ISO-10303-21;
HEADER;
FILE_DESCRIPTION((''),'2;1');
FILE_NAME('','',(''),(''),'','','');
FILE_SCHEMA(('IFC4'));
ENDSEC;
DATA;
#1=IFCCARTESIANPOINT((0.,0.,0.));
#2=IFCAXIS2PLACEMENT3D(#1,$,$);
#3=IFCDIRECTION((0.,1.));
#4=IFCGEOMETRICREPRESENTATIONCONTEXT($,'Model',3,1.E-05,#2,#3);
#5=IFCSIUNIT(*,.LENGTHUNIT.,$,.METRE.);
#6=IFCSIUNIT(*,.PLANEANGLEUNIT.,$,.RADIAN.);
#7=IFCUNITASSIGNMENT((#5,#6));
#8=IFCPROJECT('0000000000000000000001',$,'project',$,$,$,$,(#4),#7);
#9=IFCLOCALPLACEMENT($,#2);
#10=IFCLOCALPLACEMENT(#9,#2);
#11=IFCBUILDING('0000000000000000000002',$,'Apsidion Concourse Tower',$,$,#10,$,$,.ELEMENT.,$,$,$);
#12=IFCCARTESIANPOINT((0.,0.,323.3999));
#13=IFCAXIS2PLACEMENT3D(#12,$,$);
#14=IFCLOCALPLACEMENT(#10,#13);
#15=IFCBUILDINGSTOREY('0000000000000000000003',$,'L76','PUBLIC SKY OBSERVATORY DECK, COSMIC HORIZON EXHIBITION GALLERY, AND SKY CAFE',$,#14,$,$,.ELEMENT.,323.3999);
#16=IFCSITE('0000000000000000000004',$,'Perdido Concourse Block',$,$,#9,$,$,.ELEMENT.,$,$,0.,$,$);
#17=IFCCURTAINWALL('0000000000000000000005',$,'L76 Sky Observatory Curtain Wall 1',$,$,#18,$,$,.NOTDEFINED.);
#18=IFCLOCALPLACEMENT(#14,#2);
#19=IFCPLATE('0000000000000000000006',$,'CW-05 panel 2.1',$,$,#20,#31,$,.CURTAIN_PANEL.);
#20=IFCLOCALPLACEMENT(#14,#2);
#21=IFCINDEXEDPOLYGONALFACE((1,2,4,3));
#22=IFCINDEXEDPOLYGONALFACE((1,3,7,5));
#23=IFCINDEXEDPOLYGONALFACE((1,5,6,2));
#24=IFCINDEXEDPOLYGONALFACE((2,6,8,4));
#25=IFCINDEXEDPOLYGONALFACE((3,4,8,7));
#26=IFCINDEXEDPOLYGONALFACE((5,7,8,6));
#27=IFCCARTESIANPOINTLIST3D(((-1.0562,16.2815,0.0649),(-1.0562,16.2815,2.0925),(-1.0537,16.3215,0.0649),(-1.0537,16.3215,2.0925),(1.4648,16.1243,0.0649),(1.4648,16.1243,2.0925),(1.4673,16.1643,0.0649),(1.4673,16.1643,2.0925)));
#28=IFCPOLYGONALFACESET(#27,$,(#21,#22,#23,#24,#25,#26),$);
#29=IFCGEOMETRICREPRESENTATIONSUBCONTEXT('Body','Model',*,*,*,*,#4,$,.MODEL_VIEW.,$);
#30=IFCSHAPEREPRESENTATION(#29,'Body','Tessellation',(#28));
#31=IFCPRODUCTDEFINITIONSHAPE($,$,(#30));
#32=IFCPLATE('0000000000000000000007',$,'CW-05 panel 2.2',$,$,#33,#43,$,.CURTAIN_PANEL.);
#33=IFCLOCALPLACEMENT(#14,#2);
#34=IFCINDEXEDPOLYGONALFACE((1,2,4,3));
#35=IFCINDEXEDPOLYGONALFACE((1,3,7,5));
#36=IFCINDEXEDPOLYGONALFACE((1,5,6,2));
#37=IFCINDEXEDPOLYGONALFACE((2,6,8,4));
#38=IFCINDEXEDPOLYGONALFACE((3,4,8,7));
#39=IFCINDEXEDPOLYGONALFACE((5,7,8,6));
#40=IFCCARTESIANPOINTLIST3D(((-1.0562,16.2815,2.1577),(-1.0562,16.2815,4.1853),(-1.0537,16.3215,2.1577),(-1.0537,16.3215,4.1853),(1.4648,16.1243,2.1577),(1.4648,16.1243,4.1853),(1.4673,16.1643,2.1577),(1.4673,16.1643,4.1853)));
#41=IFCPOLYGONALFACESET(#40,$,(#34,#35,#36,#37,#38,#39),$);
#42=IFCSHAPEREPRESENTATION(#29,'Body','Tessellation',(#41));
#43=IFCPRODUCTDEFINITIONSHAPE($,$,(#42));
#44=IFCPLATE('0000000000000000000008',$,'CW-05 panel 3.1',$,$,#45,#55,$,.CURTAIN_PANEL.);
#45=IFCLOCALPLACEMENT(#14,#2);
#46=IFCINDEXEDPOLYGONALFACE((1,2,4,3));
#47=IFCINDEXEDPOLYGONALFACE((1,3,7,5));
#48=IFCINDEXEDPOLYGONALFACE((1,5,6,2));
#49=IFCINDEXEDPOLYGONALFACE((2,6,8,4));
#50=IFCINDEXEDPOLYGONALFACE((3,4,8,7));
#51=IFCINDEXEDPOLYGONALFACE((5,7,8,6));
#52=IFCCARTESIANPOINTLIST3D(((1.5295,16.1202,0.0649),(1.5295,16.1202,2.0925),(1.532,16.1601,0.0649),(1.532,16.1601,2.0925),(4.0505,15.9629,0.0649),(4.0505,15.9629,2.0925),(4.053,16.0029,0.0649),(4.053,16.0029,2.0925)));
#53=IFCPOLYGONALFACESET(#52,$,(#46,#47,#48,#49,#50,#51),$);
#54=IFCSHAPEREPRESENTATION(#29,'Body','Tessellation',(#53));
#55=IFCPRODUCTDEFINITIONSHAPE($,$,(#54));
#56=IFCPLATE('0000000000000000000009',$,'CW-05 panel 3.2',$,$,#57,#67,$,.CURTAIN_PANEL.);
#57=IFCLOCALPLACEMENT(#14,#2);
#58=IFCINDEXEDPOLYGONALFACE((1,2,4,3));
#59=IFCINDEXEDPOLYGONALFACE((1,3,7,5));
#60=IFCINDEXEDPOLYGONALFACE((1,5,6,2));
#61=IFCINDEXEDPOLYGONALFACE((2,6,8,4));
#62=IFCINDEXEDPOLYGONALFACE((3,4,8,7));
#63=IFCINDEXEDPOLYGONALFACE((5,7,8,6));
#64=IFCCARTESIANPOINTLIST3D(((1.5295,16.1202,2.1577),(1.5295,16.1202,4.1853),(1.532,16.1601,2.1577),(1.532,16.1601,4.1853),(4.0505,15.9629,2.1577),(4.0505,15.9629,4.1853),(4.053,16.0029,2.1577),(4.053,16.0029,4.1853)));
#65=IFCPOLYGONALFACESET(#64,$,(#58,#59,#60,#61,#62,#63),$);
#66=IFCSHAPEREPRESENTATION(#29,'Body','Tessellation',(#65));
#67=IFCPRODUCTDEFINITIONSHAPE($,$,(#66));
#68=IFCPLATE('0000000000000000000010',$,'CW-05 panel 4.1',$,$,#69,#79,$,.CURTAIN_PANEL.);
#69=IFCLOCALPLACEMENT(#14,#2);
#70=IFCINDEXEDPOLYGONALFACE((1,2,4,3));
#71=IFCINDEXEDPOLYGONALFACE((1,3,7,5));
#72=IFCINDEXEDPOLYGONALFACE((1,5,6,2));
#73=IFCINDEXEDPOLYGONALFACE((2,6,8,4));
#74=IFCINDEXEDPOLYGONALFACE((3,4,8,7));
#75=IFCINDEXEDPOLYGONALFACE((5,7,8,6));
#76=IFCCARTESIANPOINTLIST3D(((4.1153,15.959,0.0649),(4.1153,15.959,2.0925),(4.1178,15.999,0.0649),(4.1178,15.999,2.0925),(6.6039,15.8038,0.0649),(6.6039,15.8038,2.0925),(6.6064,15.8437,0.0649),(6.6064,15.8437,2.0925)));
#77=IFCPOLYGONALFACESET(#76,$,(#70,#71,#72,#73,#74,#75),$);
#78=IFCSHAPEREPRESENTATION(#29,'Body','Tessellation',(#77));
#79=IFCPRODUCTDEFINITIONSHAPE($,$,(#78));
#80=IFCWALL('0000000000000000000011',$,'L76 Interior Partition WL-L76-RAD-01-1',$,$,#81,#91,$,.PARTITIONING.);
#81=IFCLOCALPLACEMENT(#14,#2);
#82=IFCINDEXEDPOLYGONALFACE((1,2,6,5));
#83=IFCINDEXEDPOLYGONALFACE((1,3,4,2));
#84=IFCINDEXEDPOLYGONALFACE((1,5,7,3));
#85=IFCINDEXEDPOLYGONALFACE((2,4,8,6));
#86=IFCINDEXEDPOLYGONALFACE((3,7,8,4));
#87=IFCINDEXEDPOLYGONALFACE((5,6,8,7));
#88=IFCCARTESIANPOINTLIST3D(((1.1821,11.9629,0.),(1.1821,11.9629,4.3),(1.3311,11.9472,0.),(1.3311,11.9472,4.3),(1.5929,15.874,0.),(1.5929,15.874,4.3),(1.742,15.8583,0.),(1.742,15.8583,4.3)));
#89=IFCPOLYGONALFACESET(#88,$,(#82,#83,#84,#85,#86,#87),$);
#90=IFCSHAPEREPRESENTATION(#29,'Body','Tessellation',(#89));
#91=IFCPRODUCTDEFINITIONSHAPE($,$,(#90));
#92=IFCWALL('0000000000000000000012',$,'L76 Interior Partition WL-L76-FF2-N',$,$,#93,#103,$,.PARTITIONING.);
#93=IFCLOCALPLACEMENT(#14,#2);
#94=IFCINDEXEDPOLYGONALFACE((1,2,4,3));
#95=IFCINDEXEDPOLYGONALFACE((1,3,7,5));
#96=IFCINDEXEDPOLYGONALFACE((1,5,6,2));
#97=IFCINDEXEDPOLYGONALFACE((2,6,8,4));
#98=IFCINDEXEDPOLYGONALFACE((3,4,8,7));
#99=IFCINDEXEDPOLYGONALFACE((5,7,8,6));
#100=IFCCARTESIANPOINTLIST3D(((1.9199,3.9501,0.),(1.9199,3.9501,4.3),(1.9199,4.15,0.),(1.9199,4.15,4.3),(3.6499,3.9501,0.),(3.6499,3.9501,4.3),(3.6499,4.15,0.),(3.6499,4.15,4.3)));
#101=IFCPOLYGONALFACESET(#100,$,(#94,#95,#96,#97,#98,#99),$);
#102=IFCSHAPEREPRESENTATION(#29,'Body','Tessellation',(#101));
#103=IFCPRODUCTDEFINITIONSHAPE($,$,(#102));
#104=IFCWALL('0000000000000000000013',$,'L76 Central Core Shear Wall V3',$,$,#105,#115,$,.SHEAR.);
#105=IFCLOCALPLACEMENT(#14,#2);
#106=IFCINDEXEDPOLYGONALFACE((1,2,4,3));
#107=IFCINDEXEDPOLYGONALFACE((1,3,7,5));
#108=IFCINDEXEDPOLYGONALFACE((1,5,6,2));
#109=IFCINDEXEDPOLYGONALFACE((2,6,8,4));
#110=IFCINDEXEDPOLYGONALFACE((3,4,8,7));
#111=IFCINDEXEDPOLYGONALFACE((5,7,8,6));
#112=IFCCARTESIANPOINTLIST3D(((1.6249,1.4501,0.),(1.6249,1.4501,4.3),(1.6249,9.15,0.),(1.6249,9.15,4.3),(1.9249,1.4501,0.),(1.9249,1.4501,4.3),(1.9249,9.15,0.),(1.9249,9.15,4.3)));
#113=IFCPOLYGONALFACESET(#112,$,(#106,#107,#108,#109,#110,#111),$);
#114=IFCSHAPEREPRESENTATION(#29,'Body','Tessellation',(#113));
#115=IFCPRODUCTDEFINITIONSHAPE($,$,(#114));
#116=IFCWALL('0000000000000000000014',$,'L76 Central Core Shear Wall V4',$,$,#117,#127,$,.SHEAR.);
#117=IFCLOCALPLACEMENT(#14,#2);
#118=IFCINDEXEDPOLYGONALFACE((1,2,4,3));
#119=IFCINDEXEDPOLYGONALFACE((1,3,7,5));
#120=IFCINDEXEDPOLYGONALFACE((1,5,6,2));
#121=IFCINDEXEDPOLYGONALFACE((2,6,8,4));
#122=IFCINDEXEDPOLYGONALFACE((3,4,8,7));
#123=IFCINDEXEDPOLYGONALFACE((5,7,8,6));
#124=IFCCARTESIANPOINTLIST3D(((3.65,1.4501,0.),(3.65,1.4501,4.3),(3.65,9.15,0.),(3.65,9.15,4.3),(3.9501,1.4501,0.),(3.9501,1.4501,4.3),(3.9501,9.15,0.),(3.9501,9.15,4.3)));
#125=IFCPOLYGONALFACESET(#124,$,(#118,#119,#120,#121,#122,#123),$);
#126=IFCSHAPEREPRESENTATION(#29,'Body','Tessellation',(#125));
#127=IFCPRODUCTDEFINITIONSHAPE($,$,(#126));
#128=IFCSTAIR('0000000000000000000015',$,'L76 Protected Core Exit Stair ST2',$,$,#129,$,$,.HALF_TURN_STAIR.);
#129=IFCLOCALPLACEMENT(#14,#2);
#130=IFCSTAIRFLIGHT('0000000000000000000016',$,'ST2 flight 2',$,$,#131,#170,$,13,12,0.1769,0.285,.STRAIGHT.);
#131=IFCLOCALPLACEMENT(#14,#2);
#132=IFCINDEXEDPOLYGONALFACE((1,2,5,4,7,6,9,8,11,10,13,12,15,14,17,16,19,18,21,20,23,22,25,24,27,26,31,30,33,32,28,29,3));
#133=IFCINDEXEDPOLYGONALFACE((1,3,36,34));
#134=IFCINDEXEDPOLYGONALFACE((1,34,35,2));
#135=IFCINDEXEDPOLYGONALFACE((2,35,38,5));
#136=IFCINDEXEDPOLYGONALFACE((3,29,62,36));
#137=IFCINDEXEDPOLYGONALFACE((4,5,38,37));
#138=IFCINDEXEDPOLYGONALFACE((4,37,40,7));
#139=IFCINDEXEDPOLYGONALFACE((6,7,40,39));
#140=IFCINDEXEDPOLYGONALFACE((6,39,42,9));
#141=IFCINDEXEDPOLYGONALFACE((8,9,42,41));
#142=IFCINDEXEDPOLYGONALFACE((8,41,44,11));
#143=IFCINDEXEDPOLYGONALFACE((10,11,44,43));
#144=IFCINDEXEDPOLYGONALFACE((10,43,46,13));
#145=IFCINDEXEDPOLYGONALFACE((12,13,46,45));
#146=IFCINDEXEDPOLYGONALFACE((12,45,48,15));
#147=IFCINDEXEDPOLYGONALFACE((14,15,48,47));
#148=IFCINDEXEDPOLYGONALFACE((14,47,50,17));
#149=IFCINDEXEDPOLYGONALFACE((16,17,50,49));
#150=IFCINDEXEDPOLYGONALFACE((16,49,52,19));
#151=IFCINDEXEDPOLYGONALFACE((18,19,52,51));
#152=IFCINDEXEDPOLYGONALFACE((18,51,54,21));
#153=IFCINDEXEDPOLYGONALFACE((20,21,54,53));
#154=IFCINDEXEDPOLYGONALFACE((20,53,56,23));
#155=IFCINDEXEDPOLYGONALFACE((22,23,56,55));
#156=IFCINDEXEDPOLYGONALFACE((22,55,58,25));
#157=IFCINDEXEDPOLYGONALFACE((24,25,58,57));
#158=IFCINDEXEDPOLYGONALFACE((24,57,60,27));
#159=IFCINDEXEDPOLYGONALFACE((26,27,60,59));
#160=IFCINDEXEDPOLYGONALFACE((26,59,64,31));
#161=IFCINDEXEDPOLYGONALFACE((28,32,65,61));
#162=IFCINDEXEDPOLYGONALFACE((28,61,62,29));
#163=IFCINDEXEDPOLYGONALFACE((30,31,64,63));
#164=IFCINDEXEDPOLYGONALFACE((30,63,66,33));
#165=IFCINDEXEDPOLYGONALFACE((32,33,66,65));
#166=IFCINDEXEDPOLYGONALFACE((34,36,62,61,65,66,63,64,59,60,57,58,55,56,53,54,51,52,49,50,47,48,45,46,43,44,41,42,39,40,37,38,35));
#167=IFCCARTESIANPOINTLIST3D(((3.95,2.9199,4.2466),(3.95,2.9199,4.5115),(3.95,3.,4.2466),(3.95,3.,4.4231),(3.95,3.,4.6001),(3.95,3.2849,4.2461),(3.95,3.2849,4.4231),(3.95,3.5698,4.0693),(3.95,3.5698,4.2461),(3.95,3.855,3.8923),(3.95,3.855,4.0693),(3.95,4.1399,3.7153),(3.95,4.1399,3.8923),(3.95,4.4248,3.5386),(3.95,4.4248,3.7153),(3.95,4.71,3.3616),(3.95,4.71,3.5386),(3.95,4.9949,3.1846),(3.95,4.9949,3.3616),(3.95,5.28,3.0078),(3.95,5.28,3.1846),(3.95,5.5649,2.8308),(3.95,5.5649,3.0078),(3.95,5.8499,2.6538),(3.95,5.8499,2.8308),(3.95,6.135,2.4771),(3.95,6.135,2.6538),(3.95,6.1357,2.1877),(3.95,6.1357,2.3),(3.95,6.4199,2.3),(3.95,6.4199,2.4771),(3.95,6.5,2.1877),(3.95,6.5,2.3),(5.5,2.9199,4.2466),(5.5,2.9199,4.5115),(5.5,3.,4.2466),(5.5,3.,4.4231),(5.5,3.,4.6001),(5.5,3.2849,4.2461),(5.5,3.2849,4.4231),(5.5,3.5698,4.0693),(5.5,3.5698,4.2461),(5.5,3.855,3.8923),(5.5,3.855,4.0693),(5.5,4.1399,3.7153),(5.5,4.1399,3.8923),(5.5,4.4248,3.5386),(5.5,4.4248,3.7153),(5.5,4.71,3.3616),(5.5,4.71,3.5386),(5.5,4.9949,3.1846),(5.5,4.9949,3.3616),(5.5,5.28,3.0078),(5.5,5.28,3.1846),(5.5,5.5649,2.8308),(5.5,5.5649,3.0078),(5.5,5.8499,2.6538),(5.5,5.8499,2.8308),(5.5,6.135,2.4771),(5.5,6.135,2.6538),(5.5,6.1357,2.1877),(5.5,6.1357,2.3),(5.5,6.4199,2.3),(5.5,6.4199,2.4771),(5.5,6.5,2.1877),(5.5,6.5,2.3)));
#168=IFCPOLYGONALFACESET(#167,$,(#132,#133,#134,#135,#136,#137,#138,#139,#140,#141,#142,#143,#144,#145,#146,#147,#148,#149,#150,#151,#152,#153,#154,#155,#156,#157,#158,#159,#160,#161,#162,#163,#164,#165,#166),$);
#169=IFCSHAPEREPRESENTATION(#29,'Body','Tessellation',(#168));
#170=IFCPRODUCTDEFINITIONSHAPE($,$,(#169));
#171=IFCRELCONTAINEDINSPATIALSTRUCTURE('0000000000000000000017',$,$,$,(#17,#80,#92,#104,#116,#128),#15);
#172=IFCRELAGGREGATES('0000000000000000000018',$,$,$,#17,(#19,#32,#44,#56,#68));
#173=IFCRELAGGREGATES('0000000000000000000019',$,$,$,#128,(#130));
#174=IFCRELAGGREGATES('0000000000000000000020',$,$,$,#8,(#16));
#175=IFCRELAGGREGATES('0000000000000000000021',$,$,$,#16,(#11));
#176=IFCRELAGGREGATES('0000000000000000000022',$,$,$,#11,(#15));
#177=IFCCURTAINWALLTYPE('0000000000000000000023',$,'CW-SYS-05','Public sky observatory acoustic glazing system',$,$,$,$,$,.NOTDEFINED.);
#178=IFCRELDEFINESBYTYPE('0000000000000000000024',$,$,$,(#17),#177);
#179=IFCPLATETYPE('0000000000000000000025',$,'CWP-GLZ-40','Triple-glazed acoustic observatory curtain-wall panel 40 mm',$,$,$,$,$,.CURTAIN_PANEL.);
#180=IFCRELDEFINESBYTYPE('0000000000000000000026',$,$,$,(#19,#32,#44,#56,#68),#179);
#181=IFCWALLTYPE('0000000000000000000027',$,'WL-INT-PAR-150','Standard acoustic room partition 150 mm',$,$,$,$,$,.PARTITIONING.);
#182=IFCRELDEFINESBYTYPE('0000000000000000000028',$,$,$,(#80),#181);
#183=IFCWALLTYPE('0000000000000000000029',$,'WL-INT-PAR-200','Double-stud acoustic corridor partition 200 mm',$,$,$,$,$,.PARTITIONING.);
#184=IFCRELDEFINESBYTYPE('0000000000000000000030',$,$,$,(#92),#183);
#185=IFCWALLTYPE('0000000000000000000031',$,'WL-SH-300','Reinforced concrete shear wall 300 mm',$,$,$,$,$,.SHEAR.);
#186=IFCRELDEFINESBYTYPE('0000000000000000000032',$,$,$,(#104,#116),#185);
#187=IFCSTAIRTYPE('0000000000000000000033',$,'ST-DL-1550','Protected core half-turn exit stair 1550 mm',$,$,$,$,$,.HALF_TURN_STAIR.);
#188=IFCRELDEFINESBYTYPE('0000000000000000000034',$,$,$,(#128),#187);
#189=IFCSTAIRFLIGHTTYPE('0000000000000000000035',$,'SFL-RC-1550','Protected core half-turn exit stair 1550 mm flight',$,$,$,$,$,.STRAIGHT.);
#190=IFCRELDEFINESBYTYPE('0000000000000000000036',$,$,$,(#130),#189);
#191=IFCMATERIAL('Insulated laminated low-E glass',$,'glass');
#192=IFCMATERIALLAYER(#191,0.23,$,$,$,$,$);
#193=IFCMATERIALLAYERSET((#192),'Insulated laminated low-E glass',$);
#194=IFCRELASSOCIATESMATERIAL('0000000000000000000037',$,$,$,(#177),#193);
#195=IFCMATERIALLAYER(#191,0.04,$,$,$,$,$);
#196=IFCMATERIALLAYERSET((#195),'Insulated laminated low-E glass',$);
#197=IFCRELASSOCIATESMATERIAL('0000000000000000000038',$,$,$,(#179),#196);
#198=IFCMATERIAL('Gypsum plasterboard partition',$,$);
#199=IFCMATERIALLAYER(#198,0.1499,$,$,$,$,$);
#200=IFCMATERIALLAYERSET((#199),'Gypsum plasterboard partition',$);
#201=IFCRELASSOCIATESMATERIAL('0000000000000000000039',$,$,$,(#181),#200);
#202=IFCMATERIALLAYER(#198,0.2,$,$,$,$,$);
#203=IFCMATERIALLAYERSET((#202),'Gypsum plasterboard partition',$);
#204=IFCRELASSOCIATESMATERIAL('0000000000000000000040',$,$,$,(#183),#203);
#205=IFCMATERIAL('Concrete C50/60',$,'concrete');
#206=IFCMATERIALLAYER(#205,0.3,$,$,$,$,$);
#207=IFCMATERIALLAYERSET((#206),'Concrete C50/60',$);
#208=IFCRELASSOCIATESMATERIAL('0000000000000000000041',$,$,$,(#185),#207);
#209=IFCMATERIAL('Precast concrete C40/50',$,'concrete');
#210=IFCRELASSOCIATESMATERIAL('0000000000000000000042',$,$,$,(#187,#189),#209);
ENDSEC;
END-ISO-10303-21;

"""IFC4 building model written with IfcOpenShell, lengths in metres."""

from ifc_helpers import new_model, si_unit, direction, frame, frame_2d, origin, origin_2d, place, context, subcontext, project, spatial, polyline, rectangle, outline, extrude, material, layer, layer_set, type_object, element, aggregate, save


model = new_model("IFC4")

# Units and contexts
model_context = context("Model", 3, precision=1e-05, world=origin(), true_north=direction((0.0, 1.0)))
body_context = subcontext(model_context, "Body", "Model", "MODEL_VIEW")
ifc_project = project(units=[si_unit("LENGTHUNIT", "METRE"), si_unit("PLANEANGLEUNIT", "RADIAN")], contexts=[model_context])

# Site, building, storey
site_placement = place(None, origin())
site = spatial("IfcSite", under=ifc_project, at=site_placement, Name="Perdido Concourse Block", CompositionType="ELEMENT", RefElevation=0.0)
building_placement = place(site_placement, origin())
building = spatial("IfcBuilding", under=site, at=building_placement, Name="Apsidion Concourse Tower", CompositionType="ELEMENT")
storey_placement = place(building_placement, frame((0.0, 0.0, 323.3999)))
storey = spatial("IfcBuildingStorey", under=building, at=storey_placement, Name="L76", Description="PUBLIC SKY OBSERVATORY DECK, COSMIC HORIZON EXHIBITION GALLERY, AND SKY CAFE", CompositionType="ELEMENT", Elevation=323.3999)

# Shared definitions
ifc_material_1 = material(Name="Concrete C50/60", Category="concrete")

# Curtain wall, plates
ifc_material_2 = material(Name="Insulated laminated low-E glass", Category="glass")
ifc_layer_1 = layer(ifc_material_2, 0.23)
ifc_layer_set_1 = layer_set([ifc_layer_1], Name="Insulated laminated low-E glass")
curtain_wall_type = type_object("IfcCurtainWallType", Name="CW-SYS-05", Description="Public sky observatory acoustic glazing system", PredefinedType="NOTDEFINED", material=ifc_layer_set_1)
curtain_wall_placement = place(storey_placement, origin())
curtain_wall = element("IfcCurtainWall", 1, at=curtain_wall_placement, inside=storey, type_object=curtain_wall_type, Name="L76 Sky Observatory Curtain Wall 1", PredefinedType="NOTDEFINED")
ifc_layer_2 = layer(ifc_material_2, 0.04)
ifc_layer_set_2 = layer_set([ifc_layer_2], Name="Insulated laminated low-E glass")
plate_type = type_object("IfcPlateType", Name="CWP-GLZ-40", Description="Triple-glazed acoustic observatory curtain-wall panel 40 mm", PredefinedType="CURTAIN_PANEL", material=ifc_layer_set_2)
plate_1_placement = place(storey_placement, frame((0.2056, 16.2229, 0.0649), z_axis=(0.0, 0.0, 1.0), x_axis=(0.998061, -0.062249, 0.0)))
plate_1 = element("IfcPlate", 2, at=plate_1_placement, type_object=plate_type, Name="CW-05 panel 2.1", PredefinedType="CURTAIN_PANEL", context=body_context, shape_type="SweptSolid", body=[
    extrude(rectangle(XDim=2.5259, YDim=0.04, at=origin_2d()), origin(), (0.0, 0.0, 1.0), 2.0276),
])
plate_2_placement = place(storey_placement, frame((0.2056, 16.2229, 2.1577), z_axis=(0.0, 0.0, 1.0), x_axis=(0.998061, -0.062249, 0.0)))
plate_2 = element("IfcPlate", 3, at=plate_2_placement, type_object=plate_type, Name="CW-05 panel 2.2", PredefinedType="CURTAIN_PANEL", context=body_context, shape_type="SweptSolid", body=[
    extrude(rectangle(XDim=2.5259, YDim=0.04, at=origin_2d()), origin(), (0.0, 0.0, 1.0), 2.0276),
])
plate_3_placement = place(storey_placement, frame((2.7913, 16.0615, 0.0649), z_axis=(0.0, 0.0, 1.0), x_axis=(0.998061, -0.062249, 0.0)))
plate_3 = element("IfcPlate", 4, at=plate_3_placement, type_object=plate_type, Name="CW-05 panel 3.1", PredefinedType="CURTAIN_PANEL", context=body_context, shape_type="SweptSolid", body=[
    extrude(rectangle(XDim=2.5259, YDim=0.04, at=origin_2d()), origin(), (0.0, 0.0, 1.0), 2.0276),
])
plate_4_placement = place(storey_placement, frame((2.7913, 16.0615, 2.1577), z_axis=(0.0, 0.0, 1.0), x_axis=(0.998061, -0.062249, 0.0)))
plate_4 = element("IfcPlate", 5, at=plate_4_placement, type_object=plate_type, Name="CW-05 panel 3.2", PredefinedType="CURTAIN_PANEL", context=body_context, shape_type="SweptSolid", body=[
    extrude(rectangle(XDim=2.5259, YDim=0.04, at=origin_2d()), origin(), (0.0, 0.0, 1.0), 2.0276),
])
plate_5_placement = place(storey_placement, frame((5.3608, 15.9014, 0.0649), z_axis=(0.0, 0.0, 1.0), x_axis=(0.998061, -0.062249, 0.0)))
plate_5 = element("IfcPlate", 6, at=plate_5_placement, type_object=plate_type, Name="CW-05 panel 4.1", PredefinedType="CURTAIN_PANEL", context=body_context, shape_type="SweptSolid", body=[
    extrude(rectangle(XDim=2.4934, YDim=0.04, at=origin_2d()), origin(), (0.0, 0.0, 1.0), 2.0276),
])
aggregate(curtain_wall, [plate_1, plate_2, plate_3, plate_4, plate_5])

# Walls
ifc_material_3 = material(Name="Gypsum plasterboard partition")
ifc_layer_3 = layer(ifc_material_3, 0.1499)
ifc_layer_set_3 = layer_set([ifc_layer_3], Name="Gypsum plasterboard partition")
wall_type_1 = type_object("IfcWallType", Name="WL-INT-PAR-150", Description="Standard acoustic room partition 150 mm", PredefinedType="PARTITIONING", material=ifc_layer_set_3)
wall_1_placement = place(storey_placement, frame((1.2566, 11.9551, 0.0), z_axis=(0.0, 0.0, 1.0), x_axis=(0.104481, 0.994527, 0.0)))
element("IfcWall", 7, at=wall_1_placement, inside=storey, type_object=wall_type_1, Name="L76 Interior Partition WL-L76-RAD-01-1", PredefinedType="PARTITIONING", context=body_context, shape_type="SweptSolid", body=[
    extrude(rectangle(XDim=3.9326, YDim=0.1499, at=frame_2d((1.9663, 0.0))), origin(), (0.0, 0.0, 1.0), 4.3),
])
ifc_layer_4 = layer(ifc_material_3, 0.2)
ifc_layer_set_4 = layer_set([ifc_layer_4], Name="Gypsum plasterboard partition")
wall_type_2 = type_object("IfcWallType", Name="WL-INT-PAR-200", Description="Double-stud acoustic corridor partition 200 mm", PredefinedType="PARTITIONING", material=ifc_layer_set_4)
wall_2_placement = place(storey_placement, frame((1.9199, 4.05, 0.0), z_axis=(0.0, 0.0, 1.0), x_axis=(1.0, 0.0, 0.0)))
element("IfcWall", 8, at=wall_2_placement, inside=storey, type_object=wall_type_2, Name="L76 Interior Partition WL-L76-FF2-N", PredefinedType="PARTITIONING", context=body_context, shape_type="SweptSolid", body=[
    extrude(rectangle(XDim=1.73, YDim=0.2, at=frame_2d((0.865, 0.0))), origin(), (0.0, 0.0, 1.0), 4.3),
])
ifc_layer_5 = layer(ifc_material_1, 0.3)
ifc_layer_set_5 = layer_set([ifc_layer_5], Name="Concrete C50/60")
wall_type_3 = type_object("IfcWallType", Name="WL-SH-300", Description="Reinforced concrete shear wall 300 mm", PredefinedType="SHEAR", material=ifc_layer_set_5)
for number, where, z_axis, x_axis, name in (
    (9, (1.7749, 1.45, 0.0), (0.0, 0.0, 1.0), (0.0, 1.0, 0.0), "L76 Central Core Shear Wall V3"),
    (10, (3.8, 1.45, 0.0), (0.0, 0.0, 1.0), (0.0, 1.0, 0.0), "L76 Central Core Shear Wall V4"),
):
    element("IfcWall", number, at=place(storey_placement, frame(where, z_axis=z_axis, x_axis=x_axis)), inside=storey, type_object=wall_type_3, Name=name, PredefinedType="SHEAR", context=body_context, shape_type="SweptSolid", body=[
        extrude(rectangle(XDim=7.7, YDim=0.3, at=frame_2d((3.8501, 0.0))), origin(), (0.0, 0.0, 1.0), 4.3),
    ])

# Stair, stair flight
ifc_material_4 = material(Name="Precast concrete C40/50", Category="concrete")
stair_type = type_object("IfcStairType", Name="ST-DL-1550", Description="Protected core half-turn exit stair 1550 mm", PredefinedType="HALF_TURN_STAIR", material=ifc_material_4)
stair_1_placement = place(storey_placement, origin())
stair_1 = element("IfcStair", 11, at=stair_1_placement, inside=storey, type_object=stair_type, Name="L76 Protected Core Exit Stair ST2", PredefinedType="HALF_TURN_STAIR")
stair_flight_type = type_object("IfcStairFlightType", Name="SFL-RC-1550", Description="Protected core half-turn exit stair 1550 mm flight", PredefinedType="STRAIGHT", material=ifc_material_4)
stair_flight_1_placement = place(storey_placement, frame((4.7251, 6.4199, 2.3), z_axis=(0.0, 0.0, 1.0), x_axis=(0.0, -1.0, 0.0)))
stair_flight_1 = element("IfcStairFlight", 12, at=stair_flight_1_placement, type_object=stair_flight_type, Name="ST2 flight 2", NumberOfRisers=13, NumberOfTreads=12, PredefinedType="STRAIGHT", RiserHeight=0.1769, TreadLength=0.285, context=body_context, shape_type="SweptSolid", body=[
    extrude(outline(polyline([(-0.0801, -0.1123), (-0.0801, 0.0), (0.0, 0.0), (0.0, 0.177), (0.2849, 0.177), (0.2849, 0.3538), (0.5701, 0.3538), (0.5701, 0.5308), (0.855, 0.5308), (0.855, 0.7078), (1.1399, 0.7078), (1.1399, 0.8845), (1.425, 0.8845), (1.425, 1.0615), (1.71, 1.0615), (1.71, 1.2385), (1.9951, 1.2385), (1.9951, 1.4153), (2.28, 1.4153), (2.28, 1.5923), (2.5649, 1.5923), (2.5649, 1.7693), (2.8501, 1.7693), (2.8501, 1.946), (3.135, 1.946), (3.135, 2.123), (3.4199, 2.123), (3.4199, 2.3), (3.5, 2.2114), (3.5, 1.9465), (3.4199, 1.9465), (0.2842, 0.0), (0.2842, -0.1123), (-0.0801, -0.1123)])), frame((0.0, 0.7749, 0.0), z_axis=(0.0, -1.0, 0.0), x_axis=(1.0, 0.0, 0.0)), (0.0, 0.0, 1.0), 1.55),
])
aggregate(stair_1, [stair_flight_1])

save(model, "model.ifc")
